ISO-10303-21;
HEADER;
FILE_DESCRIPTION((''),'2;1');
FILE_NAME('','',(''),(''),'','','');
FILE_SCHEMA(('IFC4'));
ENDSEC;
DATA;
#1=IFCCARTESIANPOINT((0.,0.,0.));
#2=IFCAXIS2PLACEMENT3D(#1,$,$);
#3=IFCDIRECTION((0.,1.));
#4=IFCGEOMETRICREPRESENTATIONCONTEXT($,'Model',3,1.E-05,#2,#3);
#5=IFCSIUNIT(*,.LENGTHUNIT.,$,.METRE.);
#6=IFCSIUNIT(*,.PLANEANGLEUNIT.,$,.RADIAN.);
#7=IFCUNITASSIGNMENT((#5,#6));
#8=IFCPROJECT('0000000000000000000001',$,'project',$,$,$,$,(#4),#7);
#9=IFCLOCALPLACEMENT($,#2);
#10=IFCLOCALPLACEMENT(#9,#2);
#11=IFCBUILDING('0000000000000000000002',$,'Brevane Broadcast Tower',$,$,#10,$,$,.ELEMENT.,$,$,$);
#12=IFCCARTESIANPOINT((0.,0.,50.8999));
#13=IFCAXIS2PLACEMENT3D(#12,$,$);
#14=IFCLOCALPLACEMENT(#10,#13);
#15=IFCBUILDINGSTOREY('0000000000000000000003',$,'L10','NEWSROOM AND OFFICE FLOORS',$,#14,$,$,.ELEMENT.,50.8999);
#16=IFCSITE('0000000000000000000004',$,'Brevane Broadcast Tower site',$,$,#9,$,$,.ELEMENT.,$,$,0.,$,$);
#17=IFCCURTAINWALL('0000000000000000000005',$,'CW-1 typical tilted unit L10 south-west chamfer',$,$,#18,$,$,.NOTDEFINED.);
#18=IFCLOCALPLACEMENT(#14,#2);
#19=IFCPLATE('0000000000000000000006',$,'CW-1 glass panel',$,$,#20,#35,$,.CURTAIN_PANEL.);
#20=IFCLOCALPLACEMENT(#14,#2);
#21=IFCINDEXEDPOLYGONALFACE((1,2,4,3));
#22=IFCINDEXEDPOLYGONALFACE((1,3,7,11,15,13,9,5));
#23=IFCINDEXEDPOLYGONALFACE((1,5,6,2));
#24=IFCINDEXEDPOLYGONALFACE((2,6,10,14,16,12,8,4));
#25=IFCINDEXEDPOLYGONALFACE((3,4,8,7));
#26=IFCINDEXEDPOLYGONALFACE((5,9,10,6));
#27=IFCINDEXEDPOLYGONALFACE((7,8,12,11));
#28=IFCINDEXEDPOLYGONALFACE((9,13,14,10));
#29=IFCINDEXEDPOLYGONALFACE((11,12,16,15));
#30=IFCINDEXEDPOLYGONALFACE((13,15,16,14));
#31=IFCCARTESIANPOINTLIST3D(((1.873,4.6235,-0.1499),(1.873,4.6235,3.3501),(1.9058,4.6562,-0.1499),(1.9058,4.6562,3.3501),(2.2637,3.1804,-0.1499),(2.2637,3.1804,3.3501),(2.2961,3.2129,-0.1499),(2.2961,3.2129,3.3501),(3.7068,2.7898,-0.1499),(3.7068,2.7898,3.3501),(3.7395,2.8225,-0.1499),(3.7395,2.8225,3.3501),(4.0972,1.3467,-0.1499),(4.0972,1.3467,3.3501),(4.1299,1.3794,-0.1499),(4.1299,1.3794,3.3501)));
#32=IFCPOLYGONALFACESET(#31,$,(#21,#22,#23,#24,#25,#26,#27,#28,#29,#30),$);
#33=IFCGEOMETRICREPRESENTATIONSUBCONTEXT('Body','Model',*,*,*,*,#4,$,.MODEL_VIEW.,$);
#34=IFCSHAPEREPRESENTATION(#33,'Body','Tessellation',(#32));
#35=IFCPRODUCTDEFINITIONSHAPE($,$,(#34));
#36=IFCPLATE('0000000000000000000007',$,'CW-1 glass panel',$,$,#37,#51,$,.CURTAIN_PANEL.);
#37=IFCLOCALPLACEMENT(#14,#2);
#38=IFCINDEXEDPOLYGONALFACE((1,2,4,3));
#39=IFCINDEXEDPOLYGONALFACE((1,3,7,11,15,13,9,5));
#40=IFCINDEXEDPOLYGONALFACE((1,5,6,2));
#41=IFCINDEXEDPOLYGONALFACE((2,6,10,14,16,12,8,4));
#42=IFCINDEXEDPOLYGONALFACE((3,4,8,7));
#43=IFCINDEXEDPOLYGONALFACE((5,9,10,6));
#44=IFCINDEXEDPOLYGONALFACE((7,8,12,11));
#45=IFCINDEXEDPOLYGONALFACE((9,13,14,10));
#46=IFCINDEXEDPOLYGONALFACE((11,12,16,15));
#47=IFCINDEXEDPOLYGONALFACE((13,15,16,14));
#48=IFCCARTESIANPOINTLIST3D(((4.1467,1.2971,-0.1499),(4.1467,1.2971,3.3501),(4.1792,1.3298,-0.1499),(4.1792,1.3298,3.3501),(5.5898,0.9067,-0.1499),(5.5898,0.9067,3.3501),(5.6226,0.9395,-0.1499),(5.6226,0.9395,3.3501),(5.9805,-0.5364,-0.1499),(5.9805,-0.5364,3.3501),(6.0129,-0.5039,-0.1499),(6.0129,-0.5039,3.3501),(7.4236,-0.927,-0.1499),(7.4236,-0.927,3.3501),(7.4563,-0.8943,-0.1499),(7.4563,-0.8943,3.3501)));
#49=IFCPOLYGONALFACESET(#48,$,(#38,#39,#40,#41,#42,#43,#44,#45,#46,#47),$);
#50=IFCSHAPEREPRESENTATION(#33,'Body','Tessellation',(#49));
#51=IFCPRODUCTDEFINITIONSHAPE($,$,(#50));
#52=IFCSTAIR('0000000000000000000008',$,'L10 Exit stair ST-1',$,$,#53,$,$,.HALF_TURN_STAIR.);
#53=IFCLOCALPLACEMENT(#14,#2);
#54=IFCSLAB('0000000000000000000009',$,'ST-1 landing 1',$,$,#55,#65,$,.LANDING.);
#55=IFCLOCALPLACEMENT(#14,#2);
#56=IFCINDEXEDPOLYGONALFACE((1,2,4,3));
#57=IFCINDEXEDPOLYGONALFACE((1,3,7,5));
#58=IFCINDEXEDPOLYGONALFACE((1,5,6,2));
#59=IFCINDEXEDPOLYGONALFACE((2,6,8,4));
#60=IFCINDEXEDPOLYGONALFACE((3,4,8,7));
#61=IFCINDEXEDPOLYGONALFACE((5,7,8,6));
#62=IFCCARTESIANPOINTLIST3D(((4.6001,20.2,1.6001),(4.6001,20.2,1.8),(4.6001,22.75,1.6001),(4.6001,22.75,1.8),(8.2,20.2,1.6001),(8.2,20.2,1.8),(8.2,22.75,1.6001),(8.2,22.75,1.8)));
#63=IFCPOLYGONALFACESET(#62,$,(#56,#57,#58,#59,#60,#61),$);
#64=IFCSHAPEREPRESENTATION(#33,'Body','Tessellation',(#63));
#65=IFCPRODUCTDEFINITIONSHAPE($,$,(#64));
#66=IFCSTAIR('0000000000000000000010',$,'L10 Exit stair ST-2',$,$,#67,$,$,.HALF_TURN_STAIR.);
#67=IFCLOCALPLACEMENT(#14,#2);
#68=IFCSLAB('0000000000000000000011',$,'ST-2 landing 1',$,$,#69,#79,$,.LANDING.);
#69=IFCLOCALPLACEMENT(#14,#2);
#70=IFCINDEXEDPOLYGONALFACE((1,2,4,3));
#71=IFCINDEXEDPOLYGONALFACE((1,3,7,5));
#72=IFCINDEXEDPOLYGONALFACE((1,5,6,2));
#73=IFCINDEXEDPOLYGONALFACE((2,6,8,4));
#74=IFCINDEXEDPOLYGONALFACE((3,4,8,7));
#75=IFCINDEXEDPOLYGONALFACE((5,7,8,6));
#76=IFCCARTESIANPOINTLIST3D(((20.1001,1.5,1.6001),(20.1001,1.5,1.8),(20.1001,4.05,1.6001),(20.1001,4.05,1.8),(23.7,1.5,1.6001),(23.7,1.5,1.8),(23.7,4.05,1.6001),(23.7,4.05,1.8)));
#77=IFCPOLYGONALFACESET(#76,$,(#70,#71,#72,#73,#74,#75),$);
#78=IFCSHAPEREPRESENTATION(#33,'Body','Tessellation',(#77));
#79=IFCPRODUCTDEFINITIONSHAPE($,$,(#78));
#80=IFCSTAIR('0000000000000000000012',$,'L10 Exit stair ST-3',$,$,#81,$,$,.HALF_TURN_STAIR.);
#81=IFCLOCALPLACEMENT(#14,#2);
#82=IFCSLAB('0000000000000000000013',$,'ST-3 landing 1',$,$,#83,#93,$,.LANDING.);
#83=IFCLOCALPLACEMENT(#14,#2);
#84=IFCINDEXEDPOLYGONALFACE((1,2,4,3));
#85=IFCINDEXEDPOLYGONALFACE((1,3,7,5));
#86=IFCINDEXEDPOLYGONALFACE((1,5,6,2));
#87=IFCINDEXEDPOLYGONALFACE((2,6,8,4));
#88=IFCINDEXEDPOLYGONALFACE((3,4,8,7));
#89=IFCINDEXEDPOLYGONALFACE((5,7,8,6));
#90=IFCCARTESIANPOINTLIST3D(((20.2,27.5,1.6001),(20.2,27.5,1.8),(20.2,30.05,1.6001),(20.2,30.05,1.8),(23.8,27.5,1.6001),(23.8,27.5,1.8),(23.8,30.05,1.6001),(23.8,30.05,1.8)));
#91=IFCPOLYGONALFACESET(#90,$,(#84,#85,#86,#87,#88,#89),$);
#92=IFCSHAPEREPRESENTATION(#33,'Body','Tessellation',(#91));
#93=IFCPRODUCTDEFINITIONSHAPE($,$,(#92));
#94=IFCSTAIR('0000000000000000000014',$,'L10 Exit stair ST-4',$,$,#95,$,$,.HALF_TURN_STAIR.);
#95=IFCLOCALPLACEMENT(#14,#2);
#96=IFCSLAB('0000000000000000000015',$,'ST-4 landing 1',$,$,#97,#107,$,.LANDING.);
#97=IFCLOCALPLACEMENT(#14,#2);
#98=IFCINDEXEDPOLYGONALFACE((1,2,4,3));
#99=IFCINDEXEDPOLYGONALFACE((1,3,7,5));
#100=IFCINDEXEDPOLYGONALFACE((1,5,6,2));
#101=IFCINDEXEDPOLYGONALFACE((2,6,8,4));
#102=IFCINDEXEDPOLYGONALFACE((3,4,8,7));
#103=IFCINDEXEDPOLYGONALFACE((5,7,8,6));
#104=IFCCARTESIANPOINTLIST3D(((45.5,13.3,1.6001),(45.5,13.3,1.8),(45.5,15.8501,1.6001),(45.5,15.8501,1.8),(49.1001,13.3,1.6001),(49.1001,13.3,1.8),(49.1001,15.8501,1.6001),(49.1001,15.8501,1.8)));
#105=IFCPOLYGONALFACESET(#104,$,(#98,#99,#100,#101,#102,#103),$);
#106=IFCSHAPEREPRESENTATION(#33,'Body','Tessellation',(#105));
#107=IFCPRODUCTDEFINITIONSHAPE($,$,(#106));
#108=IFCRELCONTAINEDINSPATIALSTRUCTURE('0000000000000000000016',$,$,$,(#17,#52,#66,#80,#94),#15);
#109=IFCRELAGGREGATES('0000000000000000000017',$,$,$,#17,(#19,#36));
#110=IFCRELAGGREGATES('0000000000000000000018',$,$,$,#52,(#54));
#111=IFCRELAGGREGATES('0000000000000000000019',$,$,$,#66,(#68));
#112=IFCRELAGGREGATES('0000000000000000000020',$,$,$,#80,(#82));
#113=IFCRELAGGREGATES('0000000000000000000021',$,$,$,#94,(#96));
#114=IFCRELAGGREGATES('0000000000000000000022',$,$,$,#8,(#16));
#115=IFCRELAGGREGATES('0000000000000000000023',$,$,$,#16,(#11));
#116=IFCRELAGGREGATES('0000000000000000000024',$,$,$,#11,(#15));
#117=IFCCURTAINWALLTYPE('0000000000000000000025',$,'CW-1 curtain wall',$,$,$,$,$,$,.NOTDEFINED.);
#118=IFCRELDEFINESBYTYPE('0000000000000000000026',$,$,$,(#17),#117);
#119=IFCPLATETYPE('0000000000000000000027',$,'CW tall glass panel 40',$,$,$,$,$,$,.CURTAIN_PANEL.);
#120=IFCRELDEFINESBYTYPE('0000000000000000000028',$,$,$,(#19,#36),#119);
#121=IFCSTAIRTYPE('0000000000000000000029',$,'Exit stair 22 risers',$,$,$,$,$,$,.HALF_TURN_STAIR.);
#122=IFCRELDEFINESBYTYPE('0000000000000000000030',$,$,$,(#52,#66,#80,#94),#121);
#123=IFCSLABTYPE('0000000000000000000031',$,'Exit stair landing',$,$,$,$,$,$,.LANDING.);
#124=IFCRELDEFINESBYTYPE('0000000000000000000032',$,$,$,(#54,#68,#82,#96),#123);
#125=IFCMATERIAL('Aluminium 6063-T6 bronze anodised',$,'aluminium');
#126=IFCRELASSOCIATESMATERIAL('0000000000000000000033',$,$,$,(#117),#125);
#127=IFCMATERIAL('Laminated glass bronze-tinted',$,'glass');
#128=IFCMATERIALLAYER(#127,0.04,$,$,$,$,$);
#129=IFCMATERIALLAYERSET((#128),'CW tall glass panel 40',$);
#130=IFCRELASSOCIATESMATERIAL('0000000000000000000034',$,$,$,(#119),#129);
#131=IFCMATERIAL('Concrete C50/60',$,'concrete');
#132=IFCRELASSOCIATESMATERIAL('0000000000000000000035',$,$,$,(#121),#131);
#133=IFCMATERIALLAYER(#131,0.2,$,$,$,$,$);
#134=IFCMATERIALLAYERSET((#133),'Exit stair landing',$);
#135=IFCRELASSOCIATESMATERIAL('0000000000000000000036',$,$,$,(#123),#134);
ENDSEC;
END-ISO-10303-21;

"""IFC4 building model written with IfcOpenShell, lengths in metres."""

from ifc_helpers import new_model, si_unit, direction, frame, origin, place, context, subcontext, project, spatial, polyline, outline, extrude, material, layer, layer_set, type_object, element, aggregate, save


model = new_model("IFC4")

# Units and contexts
model_context = context("Model", 3, precision=1e-05, world=origin(), true_north=direction((0.0, 1.0)))
body_context = subcontext(model_context, "Body", "Model", "MODEL_VIEW")
ifc_project = project(units=[si_unit("LENGTHUNIT", "METRE"), si_unit("PLANEANGLEUNIT", "RADIAN")], contexts=[model_context])

# Site, building, storey
site_placement = place(None, origin())
site = spatial("IfcSite", under=ifc_project, at=site_placement, Name="Brevane Broadcast Tower site", CompositionType="ELEMENT", RefElevation=0.0)
building_placement = place(site_placement, origin())
building = spatial("IfcBuilding", under=site, at=building_placement, Name="Brevane Broadcast Tower", CompositionType="ELEMENT")
storey_placement = place(building_placement, frame((0.0, 0.0, 50.8999)))
storey = spatial("IfcBuildingStorey", under=building, at=storey_placement, Name="L10", Description="NEWSROOM AND OFFICE FLOORS", CompositionType="ELEMENT", Elevation=50.8999)

# Curtain wall, plates
ifc_material_1 = material(Name="Aluminium 6063-T6 bronze anodised", Category="aluminium")
curtain_wall_type = type_object("IfcCurtainWallType", Name="CW-1 curtain wall", PredefinedType="NOTDEFINED", material=ifc_material_1)
ifc_material_2 = material(Name="Laminated glass bronze-tinted", Category="glass")
ifc_layer_1 = layer(ifc_material_2, 0.04)
ifc_layer_set_1 = layer_set([ifc_layer_1], Name="CW tall glass panel 40")
plate_type = type_object("IfcPlateType", Name="CW tall glass panel 40", PredefinedType="CURTAIN_PANEL", material=ifc_layer_set_1)
curtain_wall_1_placement = place(storey_placement, origin())
curtain_wall_1 = element("IfcCurtainWall", 1, at=curtain_wall_1_placement, inside=storey, type_object=curtain_wall_type, Name="CW-1 typical tilted unit L10 south-west chamfer", PredefinedType="NOTDEFINED")
plate_1_placement = place(storey_placement, frame((0.0, 0.0, -0.1499)))
plate_1 = element("IfcPlate", 2, at=plate_1_placement, type_object=plate_type, Name="CW-1 glass panel", PredefinedType="CURTAIN_PANEL", context=body_context, shape_type="SweptSolid", body=[
    extrude(outline(polyline([(1.9058, 4.6562), (1.873, 4.6235), (2.2637, 3.1804), (3.7068, 2.7898), (4.0972, 1.3467), (4.1299, 1.3794), (3.7395, 2.8225), (2.2961, 3.2129), (1.9058, 4.6562)])), origin(), (0.0, 0.0, 1.0), 3.5),
])
plate_2_placement = place(storey_placement, frame((0.0, 0.0, -0.1499)))
plate_2 = element("IfcPlate", 3, at=plate_2_placement, type_object=plate_type, Name="CW-1 glass panel", PredefinedType="CURTAIN_PANEL", context=body_context, shape_type="SweptSolid", body=[
    extrude(outline(polyline([(4.1792, 1.3298), (4.1467, 1.2971), (5.5898, 0.9067), (5.9805, -0.5364), (7.4236, -0.927), (7.4563, -0.8943), (6.0129, -0.5039), (5.6226, 0.9395), (4.1792, 1.3298)])), origin(), (0.0, 0.0, 1.0), 3.5),
])
aggregate(curtain_wall_1, [plate_1, plate_2])

# Stairs, slabs
ifc_material_3 = material(Name="Concrete C50/60", Category="concrete")
stair_type = type_object("IfcStairType", Name="Exit stair 22 risers", PredefinedType="HALF_TURN_STAIR", material=ifc_material_3)
stair_1_placement = place(storey_placement, origin())
stair_1 = element("IfcStair", 4, at=stair_1_placement, inside=storey, type_object=stair_type, Name="L10 Exit stair ST-1", PredefinedType="HALF_TURN_STAIR")
ifc_layer_2 = layer(ifc_material_3, 0.2)
ifc_layer_set_2 = layer_set([ifc_layer_2], Name="Exit stair landing")
slab_type_1 = type_object("IfcSlabType", Name="Exit stair landing", PredefinedType="LANDING", material=ifc_layer_set_2)
slab_1_placement = place(storey_placement, frame((0.0, 0.0, 1.6001)))
slab_1 = element("IfcSlab", 5, at=slab_1_placement, type_object=slab_type_1, Name="ST-1 landing 1", PredefinedType="LANDING", context=body_context, shape_type="SweptSolid", body=[
    extrude(outline(polyline([(4.6001, 20.2), (8.2, 20.2), (8.2, 22.75), (4.6001, 22.75), (4.6001, 20.2)])), origin(), (0.0, 0.0, 1.0), 0.2),
])
aggregate(stair_1, [slab_1])
stair_2_placement = place(storey_placement, origin())
stair_2 = element("IfcStair", 6, at=stair_2_placement, inside=storey, type_object=stair_type, Name="L10 Exit stair ST-2", PredefinedType="HALF_TURN_STAIR")
slab_2_placement = place(storey_placement, frame((0.0, 0.0, 1.6001)))
slab_2 = element("IfcSlab", 7, at=slab_2_placement, type_object=slab_type_1, Name="ST-2 landing 1", PredefinedType="LANDING", context=body_context, shape_type="SweptSolid", body=[
    extrude(outline(polyline([(20.1001, 1.5), (23.7, 1.5), (23.7, 4.05), (20.1001, 4.05), (20.1001, 1.5)])), origin(), (0.0, 0.0, 1.0), 0.2),
])
aggregate(stair_2, [slab_2])
stair_3_placement = place(storey_placement, origin())
stair_3 = element("IfcStair", 8, at=stair_3_placement, inside=storey, type_object=stair_type, Name="L10 Exit stair ST-3", PredefinedType="HALF_TURN_STAIR")
slab_3_placement = place(storey_placement, frame((0.0, 0.0, 1.6001)))
slab_3 = element("IfcSlab", 9, at=slab_3_placement, type_object=slab_type_1, Name="ST-3 landing 1", PredefinedType="LANDING", context=body_context, shape_type="SweptSolid", body=[
    extrude(outline(polyline([(20.2, 27.5), (23.8, 27.5), (23.8, 30.05), (20.2, 30.05), (20.2, 27.5)])), origin(), (0.0, 0.0, 1.0), 0.2),
])
aggregate(stair_3, [slab_3])
stair_4_placement = place(storey_placement, origin())
stair_4 = element("IfcStair", 10, at=stair_4_placement, inside=storey, type_object=stair_type, Name="L10 Exit stair ST-4", PredefinedType="HALF_TURN_STAIR")
slab_4_placement = place(storey_placement, frame((0.0, 0.0, 1.6001)))
slab_4 = element("IfcSlab", 11, at=slab_4_placement, type_object=slab_type_1, Name="ST-4 landing 1", PredefinedType="LANDING", context=body_context, shape_type="SweptSolid", body=[
    extrude(outline(polyline([(45.5, 13.3), (49.1001, 13.3), (49.1001, 15.8501), (45.5, 15.8501), (45.5, 13.3)])), origin(), (0.0, 0.0, 1.0), 0.2),
])
aggregate(stair_4, [slab_4])

save(model, "model.ifc")
